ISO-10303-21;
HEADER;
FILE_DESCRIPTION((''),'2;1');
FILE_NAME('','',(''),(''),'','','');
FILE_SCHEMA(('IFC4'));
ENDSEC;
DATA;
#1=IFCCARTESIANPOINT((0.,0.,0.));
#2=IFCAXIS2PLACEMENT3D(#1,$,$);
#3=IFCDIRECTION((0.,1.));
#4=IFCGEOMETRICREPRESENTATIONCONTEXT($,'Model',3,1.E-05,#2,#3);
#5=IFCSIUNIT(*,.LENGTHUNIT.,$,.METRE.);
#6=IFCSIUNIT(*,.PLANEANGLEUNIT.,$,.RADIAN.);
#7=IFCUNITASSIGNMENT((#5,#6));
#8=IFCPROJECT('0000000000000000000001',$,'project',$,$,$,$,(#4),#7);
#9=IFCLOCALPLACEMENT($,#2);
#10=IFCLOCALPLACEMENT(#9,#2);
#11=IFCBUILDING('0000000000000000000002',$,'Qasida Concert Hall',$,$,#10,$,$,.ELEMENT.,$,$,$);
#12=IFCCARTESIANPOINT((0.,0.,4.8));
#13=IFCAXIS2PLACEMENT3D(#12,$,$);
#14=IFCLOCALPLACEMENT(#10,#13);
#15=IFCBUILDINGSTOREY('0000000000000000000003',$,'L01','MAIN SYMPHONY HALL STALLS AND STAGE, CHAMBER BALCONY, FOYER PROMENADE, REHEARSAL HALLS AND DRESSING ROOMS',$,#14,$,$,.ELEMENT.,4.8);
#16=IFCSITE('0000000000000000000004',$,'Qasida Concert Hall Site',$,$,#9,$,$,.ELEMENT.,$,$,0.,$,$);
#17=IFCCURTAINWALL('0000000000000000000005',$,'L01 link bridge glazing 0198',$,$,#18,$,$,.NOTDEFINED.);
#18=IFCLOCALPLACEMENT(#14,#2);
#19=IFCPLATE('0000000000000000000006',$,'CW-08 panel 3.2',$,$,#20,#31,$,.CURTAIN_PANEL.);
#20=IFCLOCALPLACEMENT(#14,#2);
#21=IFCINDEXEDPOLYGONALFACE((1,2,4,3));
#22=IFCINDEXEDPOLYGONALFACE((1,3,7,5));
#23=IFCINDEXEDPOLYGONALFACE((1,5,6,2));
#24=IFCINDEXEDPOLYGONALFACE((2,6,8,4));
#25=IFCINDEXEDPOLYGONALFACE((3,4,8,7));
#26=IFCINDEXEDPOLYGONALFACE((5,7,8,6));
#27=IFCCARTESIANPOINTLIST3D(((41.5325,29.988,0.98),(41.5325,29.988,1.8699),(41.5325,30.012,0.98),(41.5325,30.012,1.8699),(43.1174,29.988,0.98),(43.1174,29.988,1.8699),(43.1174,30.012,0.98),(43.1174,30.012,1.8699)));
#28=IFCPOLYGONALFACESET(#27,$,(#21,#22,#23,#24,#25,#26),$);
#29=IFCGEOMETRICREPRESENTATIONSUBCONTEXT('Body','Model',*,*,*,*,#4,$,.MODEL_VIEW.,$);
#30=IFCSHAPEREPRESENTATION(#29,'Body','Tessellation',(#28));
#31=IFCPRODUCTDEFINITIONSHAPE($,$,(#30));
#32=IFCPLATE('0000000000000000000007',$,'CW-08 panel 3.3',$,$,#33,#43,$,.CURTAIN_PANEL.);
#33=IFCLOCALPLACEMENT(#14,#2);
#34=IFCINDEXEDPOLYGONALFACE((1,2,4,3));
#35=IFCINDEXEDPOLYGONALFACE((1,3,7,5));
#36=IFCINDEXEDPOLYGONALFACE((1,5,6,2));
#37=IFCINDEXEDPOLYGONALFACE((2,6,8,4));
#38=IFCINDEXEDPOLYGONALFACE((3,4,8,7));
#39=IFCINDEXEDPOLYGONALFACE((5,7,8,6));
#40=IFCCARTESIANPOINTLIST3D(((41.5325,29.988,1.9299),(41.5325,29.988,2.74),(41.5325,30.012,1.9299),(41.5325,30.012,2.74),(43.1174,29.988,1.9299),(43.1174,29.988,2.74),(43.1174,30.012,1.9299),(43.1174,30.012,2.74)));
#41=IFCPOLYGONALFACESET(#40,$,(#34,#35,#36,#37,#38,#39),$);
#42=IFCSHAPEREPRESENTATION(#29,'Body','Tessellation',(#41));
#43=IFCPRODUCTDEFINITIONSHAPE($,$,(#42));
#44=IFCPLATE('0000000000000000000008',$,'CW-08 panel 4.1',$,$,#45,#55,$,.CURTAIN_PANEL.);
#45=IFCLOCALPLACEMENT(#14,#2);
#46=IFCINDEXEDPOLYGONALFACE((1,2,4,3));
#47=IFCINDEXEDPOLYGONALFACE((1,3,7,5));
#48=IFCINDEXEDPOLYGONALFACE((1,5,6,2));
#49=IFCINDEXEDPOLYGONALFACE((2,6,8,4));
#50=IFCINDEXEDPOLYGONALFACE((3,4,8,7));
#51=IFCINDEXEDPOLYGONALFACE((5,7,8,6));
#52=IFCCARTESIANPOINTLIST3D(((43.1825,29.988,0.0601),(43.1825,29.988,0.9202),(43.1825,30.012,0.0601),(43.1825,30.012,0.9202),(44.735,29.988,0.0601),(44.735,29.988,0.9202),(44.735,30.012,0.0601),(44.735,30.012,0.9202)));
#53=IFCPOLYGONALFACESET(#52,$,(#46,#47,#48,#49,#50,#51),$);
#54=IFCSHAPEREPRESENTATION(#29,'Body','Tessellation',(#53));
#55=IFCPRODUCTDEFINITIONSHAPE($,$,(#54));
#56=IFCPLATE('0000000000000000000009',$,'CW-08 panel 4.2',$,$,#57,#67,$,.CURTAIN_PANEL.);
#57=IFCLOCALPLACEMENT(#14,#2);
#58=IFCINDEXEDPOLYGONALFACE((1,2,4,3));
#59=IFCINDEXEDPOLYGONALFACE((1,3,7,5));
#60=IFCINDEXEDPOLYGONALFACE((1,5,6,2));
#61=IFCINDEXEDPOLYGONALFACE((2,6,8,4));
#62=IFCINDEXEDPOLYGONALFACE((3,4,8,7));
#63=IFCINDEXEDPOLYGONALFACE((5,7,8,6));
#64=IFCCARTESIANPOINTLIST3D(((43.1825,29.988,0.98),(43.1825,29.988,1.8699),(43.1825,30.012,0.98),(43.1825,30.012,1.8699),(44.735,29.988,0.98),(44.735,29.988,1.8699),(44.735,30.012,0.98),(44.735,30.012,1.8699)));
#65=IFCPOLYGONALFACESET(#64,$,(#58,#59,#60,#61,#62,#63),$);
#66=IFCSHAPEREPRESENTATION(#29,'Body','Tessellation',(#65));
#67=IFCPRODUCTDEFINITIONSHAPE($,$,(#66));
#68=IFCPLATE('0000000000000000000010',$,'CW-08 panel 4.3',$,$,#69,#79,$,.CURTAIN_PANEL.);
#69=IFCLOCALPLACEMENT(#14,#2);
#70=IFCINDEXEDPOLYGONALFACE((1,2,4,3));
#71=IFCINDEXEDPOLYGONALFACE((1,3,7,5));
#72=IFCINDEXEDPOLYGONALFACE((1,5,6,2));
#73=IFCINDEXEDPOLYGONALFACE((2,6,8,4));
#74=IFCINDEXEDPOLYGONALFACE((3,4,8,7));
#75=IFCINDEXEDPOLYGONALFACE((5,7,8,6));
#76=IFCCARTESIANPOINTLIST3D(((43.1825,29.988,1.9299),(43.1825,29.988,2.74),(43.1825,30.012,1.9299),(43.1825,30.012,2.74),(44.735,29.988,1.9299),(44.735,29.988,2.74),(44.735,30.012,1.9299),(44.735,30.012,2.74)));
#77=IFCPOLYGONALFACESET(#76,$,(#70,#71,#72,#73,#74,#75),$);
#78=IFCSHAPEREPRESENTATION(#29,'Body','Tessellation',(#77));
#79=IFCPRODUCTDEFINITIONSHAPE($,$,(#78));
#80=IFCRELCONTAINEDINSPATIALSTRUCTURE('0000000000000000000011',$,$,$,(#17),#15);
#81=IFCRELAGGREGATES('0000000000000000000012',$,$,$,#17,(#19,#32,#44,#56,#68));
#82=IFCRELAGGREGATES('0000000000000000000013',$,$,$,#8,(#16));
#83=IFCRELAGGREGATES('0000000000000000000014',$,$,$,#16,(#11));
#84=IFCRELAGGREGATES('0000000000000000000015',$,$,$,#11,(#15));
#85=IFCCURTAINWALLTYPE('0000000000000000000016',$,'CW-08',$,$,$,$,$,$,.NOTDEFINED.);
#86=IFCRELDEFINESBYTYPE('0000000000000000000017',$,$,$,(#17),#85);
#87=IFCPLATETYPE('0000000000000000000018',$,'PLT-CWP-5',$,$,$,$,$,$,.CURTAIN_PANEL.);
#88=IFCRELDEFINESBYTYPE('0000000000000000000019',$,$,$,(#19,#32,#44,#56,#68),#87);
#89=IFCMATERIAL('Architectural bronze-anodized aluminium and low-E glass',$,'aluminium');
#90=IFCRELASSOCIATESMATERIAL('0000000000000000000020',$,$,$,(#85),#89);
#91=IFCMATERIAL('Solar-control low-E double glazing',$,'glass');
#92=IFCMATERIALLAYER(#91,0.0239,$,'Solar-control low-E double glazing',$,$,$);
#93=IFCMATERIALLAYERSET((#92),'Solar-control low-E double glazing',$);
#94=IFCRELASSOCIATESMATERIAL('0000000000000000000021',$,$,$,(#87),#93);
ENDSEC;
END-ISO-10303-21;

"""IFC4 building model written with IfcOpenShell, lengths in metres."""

from ifc_helpers import new_model, si_unit, direction, frame, origin, origin_2d, place, context, subcontext, project, spatial, rectangle, extrude, material, layer, layer_set, type_object, element, aggregate, save


model = new_model("IFC4")

# Units and contexts
model_context = context("Model", 3, precision=1e-05, world=origin(), true_north=direction((0.0, 1.0)))
body_context = subcontext(model_context, "Body", "Model", "MODEL_VIEW")
ifc_project = project(units=[si_unit("LENGTHUNIT", "METRE"), si_unit("PLANEANGLEUNIT", "RADIAN")], contexts=[model_context])

# Site, building, storey
site_placement = place(None, origin())
site = spatial("IfcSite", under=ifc_project, at=site_placement, Name="Qasida Concert Hall Site", CompositionType="ELEMENT", RefElevation=0.0)
building_placement = place(site_placement, origin())
building = spatial("IfcBuilding", under=site, at=building_placement, Name="Qasida Concert Hall", CompositionType="ELEMENT")
storey_placement = place(building_placement, frame((0.0, 0.0, 4.8)))
storey = spatial("IfcBuildingStorey", under=building, at=storey_placement, Name="L01", Description="MAIN SYMPHONY HALL STALLS AND STAGE, CHAMBER BALCONY, FOYER PROMENADE, REHEARSAL HALLS AND DRESSING ROOMS", CompositionType="ELEMENT", Elevation=4.8)

# Curtain wall
ifc_material_1 = material(Name="Architectural bronze-anodized aluminium and low-E glass", Category="aluminium")
curtain_wall_type = type_object("IfcCurtainWallType", Name="CW-08", PredefinedType="NOTDEFINED", material=ifc_material_1)
curtain_wall_1_placement = place(storey_placement, origin())
curtain_wall_1 = element("IfcCurtainWall", 1, at=curtain_wall_1_placement, inside=storey, type_object=curtain_wall_type, Name="L01 link bridge glazing 0198", PredefinedType="NOTDEFINED")

# Plates
ifc_material_2 = material(Name="Solar-control low-E double glazing", Category="glass")
ifc_layer = layer(ifc_material_2, 0.0239, Name="Solar-control low-E double glazing")
ifc_layer_set = layer_set([ifc_layer], Name="Solar-control low-E double glazing")
plate_type = type_object("IfcPlateType", Name="PLT-CWP-5", PredefinedType="CURTAIN_PANEL", material=ifc_layer_set)
plate_1_placement = place(storey_placement, frame((42.325, 30.0, 0.98), z_axis=(0.0, 0.0, 1.0), x_axis=(1.0, 0.0, 0.0)))
plate_1 = element("IfcPlate", 2, at=plate_1_placement, type_object=plate_type, Name="CW-08 panel 3.2", PredefinedType="CURTAIN_PANEL", context=body_context, shape_type="SweptSolid", body=[
    extrude(rectangle(XDim=1.585, YDim=0.0239, at=origin_2d()), origin(), (0.0, 0.0, 1.0), 0.8899),
])
plate_2_placement = place(storey_placement, frame((42.325, 30.0, 1.9299), z_axis=(0.0, 0.0, 1.0), x_axis=(1.0, 0.0, 0.0)))
plate_2 = element("IfcPlate", 3, at=plate_2_placement, type_object=plate_type, Name="CW-08 panel 3.3", PredefinedType="CURTAIN_PANEL", context=body_context, shape_type="SweptSolid", body=[
    extrude(rectangle(XDim=1.585, YDim=0.0239, at=origin_2d()), origin(), (0.0, 0.0, 1.0), 0.8101),
])
plate_3_placement = place(storey_placement, frame((43.9587, 30.0, 0.0601), z_axis=(0.0, 0.0, 1.0), x_axis=(1.0, 0.0, 0.0)))
plate_3 = element("IfcPlate", 4, at=plate_3_placement, type_object=plate_type, Name="CW-08 panel 4.1", PredefinedType="CURTAIN_PANEL", context=body_context, shape_type="SweptSolid", body=[
    extrude(rectangle(XDim=1.5525, YDim=0.0239, at=origin_2d()), origin(), (0.0, 0.0, 1.0), 0.8601),
])
plate_4_placement = place(storey_placement, frame((43.9587, 30.0, 0.98), z_axis=(0.0, 0.0, 1.0), x_axis=(1.0, 0.0, 0.0)))
plate_4 = element("IfcPlate", 5, at=plate_4_placement, type_object=plate_type, Name="CW-08 panel 4.2", PredefinedType="CURTAIN_PANEL", context=body_context, shape_type="SweptSolid", body=[
    extrude(rectangle(XDim=1.5525, YDim=0.0239, at=origin_2d()), origin(), (0.0, 0.0, 1.0), 0.8899),
])
plate_5_placement = place(storey_placement, frame((43.9587, 30.0, 1.9299), z_axis=(0.0, 0.0, 1.0), x_axis=(1.0, 0.0, 0.0)))
plate_5 = element("IfcPlate", 6, at=plate_5_placement, type_object=plate_type, Name="CW-08 panel 4.3", PredefinedType="CURTAIN_PANEL", context=body_context, shape_type="SweptSolid", body=[
    extrude(rectangle(XDim=1.5525, YDim=0.0239, at=origin_2d()), origin(), (0.0, 0.0, 1.0), 0.8101),
])
aggregate(curtain_wall_1, [plate_1, plate_2, plate_3, plate_4, plate_5])

save(model, "model.ifc")
